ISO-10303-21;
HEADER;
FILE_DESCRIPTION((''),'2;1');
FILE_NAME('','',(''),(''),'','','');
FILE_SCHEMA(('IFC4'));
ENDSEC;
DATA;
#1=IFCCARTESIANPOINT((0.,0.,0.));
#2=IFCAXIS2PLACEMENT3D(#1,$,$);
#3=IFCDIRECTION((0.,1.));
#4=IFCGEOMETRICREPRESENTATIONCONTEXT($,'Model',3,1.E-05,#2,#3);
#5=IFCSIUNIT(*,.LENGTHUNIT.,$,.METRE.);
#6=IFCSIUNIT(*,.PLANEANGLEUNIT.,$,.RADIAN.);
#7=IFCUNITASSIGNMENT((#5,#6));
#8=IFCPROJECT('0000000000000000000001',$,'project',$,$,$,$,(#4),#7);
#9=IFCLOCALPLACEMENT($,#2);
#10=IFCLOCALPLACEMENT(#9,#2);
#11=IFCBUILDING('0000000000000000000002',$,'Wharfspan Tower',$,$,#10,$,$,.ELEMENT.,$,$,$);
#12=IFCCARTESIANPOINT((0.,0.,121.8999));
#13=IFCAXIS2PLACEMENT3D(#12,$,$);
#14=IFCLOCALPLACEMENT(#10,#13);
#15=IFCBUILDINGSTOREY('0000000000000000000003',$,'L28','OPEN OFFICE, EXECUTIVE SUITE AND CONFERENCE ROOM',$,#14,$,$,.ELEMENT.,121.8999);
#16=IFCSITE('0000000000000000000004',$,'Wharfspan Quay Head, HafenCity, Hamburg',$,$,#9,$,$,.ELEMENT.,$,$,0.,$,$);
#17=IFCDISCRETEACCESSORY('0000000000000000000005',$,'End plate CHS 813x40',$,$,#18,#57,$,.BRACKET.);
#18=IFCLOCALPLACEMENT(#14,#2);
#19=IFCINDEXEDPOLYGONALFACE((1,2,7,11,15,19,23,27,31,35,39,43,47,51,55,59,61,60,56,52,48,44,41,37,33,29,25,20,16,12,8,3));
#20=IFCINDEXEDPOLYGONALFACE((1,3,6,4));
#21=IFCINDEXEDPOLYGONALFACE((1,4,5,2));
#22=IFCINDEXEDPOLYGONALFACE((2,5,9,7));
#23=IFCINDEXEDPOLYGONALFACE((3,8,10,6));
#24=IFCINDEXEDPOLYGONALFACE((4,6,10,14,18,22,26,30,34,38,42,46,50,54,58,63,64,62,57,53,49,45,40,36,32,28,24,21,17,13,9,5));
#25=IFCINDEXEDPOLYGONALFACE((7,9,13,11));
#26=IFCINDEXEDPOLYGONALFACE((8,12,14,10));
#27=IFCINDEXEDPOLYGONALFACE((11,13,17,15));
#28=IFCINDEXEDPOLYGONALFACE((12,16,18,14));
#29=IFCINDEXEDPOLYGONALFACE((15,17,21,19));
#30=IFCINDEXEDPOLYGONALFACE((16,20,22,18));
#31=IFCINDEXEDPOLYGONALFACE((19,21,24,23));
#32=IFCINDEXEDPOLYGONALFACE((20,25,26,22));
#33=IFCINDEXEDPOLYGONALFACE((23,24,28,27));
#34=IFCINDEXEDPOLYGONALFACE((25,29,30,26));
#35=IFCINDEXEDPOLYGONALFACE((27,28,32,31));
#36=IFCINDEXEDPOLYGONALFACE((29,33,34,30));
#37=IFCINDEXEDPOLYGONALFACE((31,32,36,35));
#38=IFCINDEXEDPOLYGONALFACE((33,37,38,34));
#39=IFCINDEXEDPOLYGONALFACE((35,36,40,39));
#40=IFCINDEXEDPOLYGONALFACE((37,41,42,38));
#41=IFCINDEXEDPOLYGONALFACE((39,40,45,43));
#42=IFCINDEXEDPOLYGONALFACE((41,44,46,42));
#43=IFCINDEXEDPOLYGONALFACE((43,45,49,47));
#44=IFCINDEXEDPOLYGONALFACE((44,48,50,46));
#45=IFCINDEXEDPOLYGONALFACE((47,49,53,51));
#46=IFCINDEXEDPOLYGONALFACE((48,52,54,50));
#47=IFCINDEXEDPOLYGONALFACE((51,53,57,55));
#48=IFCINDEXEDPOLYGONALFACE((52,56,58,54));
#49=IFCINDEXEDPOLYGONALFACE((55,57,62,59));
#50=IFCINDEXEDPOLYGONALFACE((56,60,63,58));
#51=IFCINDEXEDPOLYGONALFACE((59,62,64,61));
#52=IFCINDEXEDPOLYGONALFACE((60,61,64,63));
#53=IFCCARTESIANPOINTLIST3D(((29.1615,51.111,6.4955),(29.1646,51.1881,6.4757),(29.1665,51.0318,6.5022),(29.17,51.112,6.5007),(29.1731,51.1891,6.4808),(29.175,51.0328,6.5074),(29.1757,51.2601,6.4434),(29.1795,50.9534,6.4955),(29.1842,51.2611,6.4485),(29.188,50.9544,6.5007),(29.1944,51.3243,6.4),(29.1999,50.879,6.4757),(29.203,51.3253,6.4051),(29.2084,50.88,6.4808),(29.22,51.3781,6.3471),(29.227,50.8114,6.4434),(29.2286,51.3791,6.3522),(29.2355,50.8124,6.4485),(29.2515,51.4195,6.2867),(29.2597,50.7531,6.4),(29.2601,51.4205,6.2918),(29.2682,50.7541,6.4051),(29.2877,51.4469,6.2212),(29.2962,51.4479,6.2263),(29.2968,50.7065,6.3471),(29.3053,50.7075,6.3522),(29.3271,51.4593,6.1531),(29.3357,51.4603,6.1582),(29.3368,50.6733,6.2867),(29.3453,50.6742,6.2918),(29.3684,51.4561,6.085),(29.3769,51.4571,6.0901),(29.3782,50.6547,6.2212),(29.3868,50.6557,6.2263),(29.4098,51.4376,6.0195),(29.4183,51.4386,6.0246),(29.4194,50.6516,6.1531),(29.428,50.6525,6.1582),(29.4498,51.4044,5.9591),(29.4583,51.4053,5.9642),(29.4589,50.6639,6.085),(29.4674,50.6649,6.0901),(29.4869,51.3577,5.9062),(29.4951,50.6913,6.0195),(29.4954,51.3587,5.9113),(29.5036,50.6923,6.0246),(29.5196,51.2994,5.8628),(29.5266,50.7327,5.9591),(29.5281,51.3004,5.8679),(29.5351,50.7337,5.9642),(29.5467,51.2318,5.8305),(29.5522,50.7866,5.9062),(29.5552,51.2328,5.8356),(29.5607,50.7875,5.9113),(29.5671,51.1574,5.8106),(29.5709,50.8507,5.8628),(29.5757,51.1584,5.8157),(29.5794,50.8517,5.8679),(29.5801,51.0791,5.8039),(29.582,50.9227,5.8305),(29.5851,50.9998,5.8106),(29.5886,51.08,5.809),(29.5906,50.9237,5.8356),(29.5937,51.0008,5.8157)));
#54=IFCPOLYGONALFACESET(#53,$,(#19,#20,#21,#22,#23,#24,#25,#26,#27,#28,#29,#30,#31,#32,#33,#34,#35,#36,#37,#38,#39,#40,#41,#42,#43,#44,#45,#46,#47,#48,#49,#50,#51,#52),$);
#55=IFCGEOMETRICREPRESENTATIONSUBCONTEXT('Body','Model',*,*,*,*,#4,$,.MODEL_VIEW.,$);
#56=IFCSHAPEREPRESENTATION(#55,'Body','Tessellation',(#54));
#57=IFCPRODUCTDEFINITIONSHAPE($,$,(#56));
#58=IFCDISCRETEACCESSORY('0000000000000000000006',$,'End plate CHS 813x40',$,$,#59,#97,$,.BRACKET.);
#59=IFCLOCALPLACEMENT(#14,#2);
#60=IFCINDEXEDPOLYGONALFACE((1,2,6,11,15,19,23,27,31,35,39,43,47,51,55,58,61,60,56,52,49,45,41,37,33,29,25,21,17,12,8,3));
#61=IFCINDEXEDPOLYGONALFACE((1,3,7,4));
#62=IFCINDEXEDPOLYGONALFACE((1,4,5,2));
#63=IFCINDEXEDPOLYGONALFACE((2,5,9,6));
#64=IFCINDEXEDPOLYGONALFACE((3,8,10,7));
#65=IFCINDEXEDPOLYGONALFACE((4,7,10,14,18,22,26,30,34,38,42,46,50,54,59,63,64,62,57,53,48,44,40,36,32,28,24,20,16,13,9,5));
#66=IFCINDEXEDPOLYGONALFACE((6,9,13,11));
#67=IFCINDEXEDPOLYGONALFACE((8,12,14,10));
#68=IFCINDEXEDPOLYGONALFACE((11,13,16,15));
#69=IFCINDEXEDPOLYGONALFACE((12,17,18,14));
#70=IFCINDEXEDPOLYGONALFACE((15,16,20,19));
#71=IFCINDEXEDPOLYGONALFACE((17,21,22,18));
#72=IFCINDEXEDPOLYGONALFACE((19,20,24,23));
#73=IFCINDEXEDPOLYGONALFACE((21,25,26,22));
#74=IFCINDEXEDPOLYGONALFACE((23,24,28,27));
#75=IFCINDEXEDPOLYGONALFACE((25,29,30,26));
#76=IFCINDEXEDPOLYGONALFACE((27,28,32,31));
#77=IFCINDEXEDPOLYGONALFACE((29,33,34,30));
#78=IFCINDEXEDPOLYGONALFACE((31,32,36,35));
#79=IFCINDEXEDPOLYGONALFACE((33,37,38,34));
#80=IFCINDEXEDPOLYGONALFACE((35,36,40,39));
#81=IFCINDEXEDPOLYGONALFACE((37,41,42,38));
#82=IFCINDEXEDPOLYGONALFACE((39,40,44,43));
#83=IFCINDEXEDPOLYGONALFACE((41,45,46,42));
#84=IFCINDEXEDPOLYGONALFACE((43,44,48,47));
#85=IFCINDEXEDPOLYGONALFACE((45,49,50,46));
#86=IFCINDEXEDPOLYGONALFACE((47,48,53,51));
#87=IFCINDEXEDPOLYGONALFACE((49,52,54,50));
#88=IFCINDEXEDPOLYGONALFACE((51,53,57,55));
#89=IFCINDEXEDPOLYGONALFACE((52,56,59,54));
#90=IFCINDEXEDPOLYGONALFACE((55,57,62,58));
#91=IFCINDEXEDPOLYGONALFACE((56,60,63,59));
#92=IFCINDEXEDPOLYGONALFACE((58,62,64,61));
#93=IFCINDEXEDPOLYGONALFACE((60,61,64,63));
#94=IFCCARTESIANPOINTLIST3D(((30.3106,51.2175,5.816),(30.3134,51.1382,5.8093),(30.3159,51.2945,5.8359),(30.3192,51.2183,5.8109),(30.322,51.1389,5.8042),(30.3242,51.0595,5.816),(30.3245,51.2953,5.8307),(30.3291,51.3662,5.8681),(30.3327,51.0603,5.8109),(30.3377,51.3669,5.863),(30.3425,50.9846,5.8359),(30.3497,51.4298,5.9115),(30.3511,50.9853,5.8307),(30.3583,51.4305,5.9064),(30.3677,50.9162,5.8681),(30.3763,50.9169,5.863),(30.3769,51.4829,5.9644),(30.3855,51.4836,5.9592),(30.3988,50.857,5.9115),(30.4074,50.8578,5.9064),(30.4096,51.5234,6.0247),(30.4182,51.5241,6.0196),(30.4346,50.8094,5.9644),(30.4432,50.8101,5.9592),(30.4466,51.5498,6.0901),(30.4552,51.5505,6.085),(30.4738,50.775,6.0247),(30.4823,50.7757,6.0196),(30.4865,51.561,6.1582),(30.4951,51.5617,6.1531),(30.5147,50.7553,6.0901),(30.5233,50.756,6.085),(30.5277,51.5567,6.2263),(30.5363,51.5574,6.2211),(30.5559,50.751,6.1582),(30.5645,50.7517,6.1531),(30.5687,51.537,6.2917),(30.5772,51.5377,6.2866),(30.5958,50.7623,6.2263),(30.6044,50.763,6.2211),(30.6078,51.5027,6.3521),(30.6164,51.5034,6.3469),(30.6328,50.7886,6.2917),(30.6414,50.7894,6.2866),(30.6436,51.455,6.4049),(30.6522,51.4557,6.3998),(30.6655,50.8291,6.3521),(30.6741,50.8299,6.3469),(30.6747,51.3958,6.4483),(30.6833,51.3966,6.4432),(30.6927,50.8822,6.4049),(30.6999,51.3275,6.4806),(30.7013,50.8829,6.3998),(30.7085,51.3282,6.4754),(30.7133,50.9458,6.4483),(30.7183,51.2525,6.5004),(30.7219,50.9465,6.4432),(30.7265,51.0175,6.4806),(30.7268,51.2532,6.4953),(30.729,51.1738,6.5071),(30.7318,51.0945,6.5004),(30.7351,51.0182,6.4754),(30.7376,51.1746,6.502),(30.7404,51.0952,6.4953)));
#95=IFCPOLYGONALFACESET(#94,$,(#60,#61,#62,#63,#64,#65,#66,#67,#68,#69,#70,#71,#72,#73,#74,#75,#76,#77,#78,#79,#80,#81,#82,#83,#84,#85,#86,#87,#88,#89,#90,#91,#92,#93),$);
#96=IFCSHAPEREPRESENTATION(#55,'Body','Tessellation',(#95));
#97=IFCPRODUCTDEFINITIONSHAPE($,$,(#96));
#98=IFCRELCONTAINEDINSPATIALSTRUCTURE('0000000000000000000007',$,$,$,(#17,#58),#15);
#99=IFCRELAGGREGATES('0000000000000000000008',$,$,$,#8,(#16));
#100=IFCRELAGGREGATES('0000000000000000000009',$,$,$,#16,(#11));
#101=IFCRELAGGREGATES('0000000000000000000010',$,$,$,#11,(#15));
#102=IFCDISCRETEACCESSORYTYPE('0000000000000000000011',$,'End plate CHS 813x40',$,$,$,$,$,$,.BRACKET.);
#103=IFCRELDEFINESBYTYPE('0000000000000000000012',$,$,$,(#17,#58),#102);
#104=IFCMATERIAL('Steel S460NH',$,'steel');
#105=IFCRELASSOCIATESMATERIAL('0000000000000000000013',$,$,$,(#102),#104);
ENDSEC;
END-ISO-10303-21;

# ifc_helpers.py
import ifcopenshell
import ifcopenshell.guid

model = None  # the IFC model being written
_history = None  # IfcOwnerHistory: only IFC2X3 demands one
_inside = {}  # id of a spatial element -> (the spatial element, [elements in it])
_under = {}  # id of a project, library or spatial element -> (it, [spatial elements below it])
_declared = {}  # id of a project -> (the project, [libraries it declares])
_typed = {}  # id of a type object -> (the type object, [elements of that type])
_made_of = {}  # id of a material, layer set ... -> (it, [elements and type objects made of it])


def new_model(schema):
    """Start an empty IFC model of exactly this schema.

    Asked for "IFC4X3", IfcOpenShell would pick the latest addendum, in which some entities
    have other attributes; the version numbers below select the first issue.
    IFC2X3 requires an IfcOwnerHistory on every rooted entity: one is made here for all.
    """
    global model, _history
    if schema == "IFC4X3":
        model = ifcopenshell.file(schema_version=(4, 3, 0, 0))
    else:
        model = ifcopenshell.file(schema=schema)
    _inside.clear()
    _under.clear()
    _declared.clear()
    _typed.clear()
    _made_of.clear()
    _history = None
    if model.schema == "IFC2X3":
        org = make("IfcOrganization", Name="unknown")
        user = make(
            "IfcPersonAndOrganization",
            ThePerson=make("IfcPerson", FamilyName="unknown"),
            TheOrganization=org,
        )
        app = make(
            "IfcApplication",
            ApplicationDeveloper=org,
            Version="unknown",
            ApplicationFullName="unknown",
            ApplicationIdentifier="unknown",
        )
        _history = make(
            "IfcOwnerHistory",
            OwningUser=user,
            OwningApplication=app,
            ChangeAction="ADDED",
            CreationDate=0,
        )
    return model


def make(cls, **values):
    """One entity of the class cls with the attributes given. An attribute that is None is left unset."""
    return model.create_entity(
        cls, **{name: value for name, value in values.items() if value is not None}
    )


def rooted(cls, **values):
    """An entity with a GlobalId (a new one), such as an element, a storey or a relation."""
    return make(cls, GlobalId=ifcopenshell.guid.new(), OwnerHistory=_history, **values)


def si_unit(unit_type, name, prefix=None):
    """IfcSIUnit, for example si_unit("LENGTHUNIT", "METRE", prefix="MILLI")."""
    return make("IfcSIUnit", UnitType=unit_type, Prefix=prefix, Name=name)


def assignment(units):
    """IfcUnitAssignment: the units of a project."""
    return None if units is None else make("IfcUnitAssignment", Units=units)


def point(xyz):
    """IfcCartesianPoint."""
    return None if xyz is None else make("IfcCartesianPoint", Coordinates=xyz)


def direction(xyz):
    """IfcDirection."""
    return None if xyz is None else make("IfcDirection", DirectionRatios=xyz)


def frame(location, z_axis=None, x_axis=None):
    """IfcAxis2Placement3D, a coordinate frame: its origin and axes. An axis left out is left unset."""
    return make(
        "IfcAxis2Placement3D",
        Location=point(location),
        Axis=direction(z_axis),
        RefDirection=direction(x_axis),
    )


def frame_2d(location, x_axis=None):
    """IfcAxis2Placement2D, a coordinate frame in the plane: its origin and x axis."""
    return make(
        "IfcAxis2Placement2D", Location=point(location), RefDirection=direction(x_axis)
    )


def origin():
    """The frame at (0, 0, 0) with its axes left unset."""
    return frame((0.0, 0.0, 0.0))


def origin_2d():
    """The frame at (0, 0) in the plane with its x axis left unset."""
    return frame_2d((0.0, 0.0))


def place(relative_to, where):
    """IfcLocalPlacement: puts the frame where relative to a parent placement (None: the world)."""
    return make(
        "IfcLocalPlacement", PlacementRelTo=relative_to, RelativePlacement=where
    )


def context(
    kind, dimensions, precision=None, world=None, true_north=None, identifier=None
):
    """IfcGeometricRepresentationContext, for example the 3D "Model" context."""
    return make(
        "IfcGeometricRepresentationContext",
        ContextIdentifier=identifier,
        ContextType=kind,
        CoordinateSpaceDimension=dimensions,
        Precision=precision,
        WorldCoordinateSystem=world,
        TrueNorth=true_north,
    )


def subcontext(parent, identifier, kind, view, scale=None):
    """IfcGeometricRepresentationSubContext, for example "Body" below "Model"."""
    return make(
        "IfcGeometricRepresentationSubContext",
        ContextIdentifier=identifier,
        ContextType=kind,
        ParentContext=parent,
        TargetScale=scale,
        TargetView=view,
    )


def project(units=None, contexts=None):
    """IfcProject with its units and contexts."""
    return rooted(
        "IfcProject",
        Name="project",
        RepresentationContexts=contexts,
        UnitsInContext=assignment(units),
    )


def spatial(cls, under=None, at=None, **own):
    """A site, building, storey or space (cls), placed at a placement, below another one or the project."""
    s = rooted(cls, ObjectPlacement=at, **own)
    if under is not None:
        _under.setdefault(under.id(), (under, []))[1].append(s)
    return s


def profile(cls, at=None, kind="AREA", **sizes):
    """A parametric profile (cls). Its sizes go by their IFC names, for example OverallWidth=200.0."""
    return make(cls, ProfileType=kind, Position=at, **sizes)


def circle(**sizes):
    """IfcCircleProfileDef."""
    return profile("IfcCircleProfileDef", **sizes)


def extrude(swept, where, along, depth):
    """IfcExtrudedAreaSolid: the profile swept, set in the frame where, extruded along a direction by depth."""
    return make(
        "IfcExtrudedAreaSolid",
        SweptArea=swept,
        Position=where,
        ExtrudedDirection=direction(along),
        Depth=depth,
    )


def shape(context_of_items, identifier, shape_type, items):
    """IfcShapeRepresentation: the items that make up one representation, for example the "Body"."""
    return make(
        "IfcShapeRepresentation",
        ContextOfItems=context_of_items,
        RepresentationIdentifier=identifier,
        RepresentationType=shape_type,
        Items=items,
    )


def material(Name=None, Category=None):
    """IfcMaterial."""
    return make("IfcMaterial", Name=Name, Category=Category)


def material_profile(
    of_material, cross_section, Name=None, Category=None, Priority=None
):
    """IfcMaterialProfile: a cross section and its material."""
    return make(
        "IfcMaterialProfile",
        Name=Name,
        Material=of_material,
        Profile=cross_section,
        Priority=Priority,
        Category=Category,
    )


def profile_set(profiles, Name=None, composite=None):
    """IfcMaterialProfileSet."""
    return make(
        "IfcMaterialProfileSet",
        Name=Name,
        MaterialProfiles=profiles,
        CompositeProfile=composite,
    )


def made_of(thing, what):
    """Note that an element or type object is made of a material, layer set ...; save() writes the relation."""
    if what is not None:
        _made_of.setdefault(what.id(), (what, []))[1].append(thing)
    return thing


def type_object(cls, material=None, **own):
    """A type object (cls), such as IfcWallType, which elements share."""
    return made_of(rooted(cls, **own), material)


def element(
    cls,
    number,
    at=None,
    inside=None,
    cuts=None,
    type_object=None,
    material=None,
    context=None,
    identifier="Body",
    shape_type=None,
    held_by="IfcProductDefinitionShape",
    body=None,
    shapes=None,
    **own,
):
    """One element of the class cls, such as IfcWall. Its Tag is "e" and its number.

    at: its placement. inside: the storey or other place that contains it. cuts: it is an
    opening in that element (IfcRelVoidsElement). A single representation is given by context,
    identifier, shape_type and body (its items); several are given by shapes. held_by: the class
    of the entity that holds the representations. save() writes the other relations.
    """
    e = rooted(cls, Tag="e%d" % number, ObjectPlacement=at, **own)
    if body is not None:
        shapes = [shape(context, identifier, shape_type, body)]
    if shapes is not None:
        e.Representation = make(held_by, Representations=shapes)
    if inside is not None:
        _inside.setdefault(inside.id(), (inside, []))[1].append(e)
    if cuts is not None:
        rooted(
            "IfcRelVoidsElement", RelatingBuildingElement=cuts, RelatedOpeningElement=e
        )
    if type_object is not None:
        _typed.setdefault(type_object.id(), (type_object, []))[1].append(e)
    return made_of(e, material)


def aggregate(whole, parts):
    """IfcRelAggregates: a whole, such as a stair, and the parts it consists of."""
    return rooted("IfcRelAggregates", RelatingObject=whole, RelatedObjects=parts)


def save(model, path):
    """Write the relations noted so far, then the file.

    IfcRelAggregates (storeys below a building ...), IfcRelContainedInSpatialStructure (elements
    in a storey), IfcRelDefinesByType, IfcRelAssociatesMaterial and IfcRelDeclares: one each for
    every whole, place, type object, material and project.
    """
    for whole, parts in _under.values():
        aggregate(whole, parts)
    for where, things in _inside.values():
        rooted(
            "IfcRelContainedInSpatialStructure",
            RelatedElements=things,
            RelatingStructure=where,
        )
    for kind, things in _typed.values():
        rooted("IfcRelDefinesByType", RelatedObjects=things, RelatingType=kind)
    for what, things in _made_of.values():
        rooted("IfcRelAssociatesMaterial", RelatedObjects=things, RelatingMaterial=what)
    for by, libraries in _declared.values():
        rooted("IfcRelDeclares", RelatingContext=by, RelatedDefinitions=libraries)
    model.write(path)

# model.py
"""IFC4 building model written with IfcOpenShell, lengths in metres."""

from ifc_helpers import new_model, si_unit, direction, frame, origin, origin_2d, place, context, subcontext, project, spatial, circle, extrude, material, material_profile, profile_set, type_object, element, save


model = new_model("IFC4")

# Units and contexts
model_context = context("Model", 3, precision=1e-05, world=origin(), true_north=direction((0.0, 1.0)))
body_context = subcontext(model_context, "Body", "Model", "MODEL_VIEW")
ifc_project = project(units=[si_unit("LENGTHUNIT", "METRE"), si_unit("PLANEANGLEUNIT", "RADIAN")], contexts=[model_context])

# Site, building, storey
site_placement = place(None, origin())
site = spatial("IfcSite", under=ifc_project, at=site_placement, Name="Wharfspan Quay Head, HafenCity, Hamburg", CompositionType="ELEMENT", RefElevation=0.0)
building_placement = place(site_placement, origin())
building = spatial("IfcBuilding", under=site, at=building_placement, Name="Wharfspan Tower", CompositionType="ELEMENT")
storey_placement = place(building_placement, frame((0.0, 0.0, 121.8999)))
storey = spatial("IfcBuildingStorey", under=building, at=storey_placement, Name="L28", Description="OPEN OFFICE, EXECUTIVE SUITE AND CONFERENCE ROOM", CompositionType="ELEMENT", Elevation=121.8999)

# Shared definitions
ifc_material_1 = material(Name="Steel S460NH", Category="steel")

# Discrete accessories
ifc_material_profile_1 = material_profile(ifc_material_1, circle(Radius=0.4065, at=origin_2d()))
ifc_profile_set_1 = profile_set([ifc_material_profile_1], Name="Steel S460NH")
discrete_accessory_type = type_object("IfcDiscreteAccessoryType", Name="End plate CHS 813x40", PredefinedType="BRACKET", material=ifc_profile_set_1)
for number, where, z_axis, x_axis, name in (
    (1, (29.3733, 51.0554, 6.1531), (0.853405, 0.097532, 0.512043), (-0.113547, 0.993531, 0.000001), "End plate CHS 813x40"),
    (2, (30.5298, 51.1567, 6.1531), (-0.855186, -0.073302, 0.513112), (0.085402, -0.996345, 0.000001), "End plate CHS 813x40"),
):
    element("IfcDiscreteAccessory", number, at=place(storey_placement, frame(where, z_axis=z_axis, x_axis=x_axis)), inside=storey, type_object=discrete_accessory_type, Name=name, PredefinedType="BRACKET", context=body_context, shape_type="SweptSolid", body=[
        extrude(circle(Radius=0.4065, at=origin_2d()), origin(), (0.0, 0.0, 1.0), 0.01),
    ])

save(model, "model.ifc")
